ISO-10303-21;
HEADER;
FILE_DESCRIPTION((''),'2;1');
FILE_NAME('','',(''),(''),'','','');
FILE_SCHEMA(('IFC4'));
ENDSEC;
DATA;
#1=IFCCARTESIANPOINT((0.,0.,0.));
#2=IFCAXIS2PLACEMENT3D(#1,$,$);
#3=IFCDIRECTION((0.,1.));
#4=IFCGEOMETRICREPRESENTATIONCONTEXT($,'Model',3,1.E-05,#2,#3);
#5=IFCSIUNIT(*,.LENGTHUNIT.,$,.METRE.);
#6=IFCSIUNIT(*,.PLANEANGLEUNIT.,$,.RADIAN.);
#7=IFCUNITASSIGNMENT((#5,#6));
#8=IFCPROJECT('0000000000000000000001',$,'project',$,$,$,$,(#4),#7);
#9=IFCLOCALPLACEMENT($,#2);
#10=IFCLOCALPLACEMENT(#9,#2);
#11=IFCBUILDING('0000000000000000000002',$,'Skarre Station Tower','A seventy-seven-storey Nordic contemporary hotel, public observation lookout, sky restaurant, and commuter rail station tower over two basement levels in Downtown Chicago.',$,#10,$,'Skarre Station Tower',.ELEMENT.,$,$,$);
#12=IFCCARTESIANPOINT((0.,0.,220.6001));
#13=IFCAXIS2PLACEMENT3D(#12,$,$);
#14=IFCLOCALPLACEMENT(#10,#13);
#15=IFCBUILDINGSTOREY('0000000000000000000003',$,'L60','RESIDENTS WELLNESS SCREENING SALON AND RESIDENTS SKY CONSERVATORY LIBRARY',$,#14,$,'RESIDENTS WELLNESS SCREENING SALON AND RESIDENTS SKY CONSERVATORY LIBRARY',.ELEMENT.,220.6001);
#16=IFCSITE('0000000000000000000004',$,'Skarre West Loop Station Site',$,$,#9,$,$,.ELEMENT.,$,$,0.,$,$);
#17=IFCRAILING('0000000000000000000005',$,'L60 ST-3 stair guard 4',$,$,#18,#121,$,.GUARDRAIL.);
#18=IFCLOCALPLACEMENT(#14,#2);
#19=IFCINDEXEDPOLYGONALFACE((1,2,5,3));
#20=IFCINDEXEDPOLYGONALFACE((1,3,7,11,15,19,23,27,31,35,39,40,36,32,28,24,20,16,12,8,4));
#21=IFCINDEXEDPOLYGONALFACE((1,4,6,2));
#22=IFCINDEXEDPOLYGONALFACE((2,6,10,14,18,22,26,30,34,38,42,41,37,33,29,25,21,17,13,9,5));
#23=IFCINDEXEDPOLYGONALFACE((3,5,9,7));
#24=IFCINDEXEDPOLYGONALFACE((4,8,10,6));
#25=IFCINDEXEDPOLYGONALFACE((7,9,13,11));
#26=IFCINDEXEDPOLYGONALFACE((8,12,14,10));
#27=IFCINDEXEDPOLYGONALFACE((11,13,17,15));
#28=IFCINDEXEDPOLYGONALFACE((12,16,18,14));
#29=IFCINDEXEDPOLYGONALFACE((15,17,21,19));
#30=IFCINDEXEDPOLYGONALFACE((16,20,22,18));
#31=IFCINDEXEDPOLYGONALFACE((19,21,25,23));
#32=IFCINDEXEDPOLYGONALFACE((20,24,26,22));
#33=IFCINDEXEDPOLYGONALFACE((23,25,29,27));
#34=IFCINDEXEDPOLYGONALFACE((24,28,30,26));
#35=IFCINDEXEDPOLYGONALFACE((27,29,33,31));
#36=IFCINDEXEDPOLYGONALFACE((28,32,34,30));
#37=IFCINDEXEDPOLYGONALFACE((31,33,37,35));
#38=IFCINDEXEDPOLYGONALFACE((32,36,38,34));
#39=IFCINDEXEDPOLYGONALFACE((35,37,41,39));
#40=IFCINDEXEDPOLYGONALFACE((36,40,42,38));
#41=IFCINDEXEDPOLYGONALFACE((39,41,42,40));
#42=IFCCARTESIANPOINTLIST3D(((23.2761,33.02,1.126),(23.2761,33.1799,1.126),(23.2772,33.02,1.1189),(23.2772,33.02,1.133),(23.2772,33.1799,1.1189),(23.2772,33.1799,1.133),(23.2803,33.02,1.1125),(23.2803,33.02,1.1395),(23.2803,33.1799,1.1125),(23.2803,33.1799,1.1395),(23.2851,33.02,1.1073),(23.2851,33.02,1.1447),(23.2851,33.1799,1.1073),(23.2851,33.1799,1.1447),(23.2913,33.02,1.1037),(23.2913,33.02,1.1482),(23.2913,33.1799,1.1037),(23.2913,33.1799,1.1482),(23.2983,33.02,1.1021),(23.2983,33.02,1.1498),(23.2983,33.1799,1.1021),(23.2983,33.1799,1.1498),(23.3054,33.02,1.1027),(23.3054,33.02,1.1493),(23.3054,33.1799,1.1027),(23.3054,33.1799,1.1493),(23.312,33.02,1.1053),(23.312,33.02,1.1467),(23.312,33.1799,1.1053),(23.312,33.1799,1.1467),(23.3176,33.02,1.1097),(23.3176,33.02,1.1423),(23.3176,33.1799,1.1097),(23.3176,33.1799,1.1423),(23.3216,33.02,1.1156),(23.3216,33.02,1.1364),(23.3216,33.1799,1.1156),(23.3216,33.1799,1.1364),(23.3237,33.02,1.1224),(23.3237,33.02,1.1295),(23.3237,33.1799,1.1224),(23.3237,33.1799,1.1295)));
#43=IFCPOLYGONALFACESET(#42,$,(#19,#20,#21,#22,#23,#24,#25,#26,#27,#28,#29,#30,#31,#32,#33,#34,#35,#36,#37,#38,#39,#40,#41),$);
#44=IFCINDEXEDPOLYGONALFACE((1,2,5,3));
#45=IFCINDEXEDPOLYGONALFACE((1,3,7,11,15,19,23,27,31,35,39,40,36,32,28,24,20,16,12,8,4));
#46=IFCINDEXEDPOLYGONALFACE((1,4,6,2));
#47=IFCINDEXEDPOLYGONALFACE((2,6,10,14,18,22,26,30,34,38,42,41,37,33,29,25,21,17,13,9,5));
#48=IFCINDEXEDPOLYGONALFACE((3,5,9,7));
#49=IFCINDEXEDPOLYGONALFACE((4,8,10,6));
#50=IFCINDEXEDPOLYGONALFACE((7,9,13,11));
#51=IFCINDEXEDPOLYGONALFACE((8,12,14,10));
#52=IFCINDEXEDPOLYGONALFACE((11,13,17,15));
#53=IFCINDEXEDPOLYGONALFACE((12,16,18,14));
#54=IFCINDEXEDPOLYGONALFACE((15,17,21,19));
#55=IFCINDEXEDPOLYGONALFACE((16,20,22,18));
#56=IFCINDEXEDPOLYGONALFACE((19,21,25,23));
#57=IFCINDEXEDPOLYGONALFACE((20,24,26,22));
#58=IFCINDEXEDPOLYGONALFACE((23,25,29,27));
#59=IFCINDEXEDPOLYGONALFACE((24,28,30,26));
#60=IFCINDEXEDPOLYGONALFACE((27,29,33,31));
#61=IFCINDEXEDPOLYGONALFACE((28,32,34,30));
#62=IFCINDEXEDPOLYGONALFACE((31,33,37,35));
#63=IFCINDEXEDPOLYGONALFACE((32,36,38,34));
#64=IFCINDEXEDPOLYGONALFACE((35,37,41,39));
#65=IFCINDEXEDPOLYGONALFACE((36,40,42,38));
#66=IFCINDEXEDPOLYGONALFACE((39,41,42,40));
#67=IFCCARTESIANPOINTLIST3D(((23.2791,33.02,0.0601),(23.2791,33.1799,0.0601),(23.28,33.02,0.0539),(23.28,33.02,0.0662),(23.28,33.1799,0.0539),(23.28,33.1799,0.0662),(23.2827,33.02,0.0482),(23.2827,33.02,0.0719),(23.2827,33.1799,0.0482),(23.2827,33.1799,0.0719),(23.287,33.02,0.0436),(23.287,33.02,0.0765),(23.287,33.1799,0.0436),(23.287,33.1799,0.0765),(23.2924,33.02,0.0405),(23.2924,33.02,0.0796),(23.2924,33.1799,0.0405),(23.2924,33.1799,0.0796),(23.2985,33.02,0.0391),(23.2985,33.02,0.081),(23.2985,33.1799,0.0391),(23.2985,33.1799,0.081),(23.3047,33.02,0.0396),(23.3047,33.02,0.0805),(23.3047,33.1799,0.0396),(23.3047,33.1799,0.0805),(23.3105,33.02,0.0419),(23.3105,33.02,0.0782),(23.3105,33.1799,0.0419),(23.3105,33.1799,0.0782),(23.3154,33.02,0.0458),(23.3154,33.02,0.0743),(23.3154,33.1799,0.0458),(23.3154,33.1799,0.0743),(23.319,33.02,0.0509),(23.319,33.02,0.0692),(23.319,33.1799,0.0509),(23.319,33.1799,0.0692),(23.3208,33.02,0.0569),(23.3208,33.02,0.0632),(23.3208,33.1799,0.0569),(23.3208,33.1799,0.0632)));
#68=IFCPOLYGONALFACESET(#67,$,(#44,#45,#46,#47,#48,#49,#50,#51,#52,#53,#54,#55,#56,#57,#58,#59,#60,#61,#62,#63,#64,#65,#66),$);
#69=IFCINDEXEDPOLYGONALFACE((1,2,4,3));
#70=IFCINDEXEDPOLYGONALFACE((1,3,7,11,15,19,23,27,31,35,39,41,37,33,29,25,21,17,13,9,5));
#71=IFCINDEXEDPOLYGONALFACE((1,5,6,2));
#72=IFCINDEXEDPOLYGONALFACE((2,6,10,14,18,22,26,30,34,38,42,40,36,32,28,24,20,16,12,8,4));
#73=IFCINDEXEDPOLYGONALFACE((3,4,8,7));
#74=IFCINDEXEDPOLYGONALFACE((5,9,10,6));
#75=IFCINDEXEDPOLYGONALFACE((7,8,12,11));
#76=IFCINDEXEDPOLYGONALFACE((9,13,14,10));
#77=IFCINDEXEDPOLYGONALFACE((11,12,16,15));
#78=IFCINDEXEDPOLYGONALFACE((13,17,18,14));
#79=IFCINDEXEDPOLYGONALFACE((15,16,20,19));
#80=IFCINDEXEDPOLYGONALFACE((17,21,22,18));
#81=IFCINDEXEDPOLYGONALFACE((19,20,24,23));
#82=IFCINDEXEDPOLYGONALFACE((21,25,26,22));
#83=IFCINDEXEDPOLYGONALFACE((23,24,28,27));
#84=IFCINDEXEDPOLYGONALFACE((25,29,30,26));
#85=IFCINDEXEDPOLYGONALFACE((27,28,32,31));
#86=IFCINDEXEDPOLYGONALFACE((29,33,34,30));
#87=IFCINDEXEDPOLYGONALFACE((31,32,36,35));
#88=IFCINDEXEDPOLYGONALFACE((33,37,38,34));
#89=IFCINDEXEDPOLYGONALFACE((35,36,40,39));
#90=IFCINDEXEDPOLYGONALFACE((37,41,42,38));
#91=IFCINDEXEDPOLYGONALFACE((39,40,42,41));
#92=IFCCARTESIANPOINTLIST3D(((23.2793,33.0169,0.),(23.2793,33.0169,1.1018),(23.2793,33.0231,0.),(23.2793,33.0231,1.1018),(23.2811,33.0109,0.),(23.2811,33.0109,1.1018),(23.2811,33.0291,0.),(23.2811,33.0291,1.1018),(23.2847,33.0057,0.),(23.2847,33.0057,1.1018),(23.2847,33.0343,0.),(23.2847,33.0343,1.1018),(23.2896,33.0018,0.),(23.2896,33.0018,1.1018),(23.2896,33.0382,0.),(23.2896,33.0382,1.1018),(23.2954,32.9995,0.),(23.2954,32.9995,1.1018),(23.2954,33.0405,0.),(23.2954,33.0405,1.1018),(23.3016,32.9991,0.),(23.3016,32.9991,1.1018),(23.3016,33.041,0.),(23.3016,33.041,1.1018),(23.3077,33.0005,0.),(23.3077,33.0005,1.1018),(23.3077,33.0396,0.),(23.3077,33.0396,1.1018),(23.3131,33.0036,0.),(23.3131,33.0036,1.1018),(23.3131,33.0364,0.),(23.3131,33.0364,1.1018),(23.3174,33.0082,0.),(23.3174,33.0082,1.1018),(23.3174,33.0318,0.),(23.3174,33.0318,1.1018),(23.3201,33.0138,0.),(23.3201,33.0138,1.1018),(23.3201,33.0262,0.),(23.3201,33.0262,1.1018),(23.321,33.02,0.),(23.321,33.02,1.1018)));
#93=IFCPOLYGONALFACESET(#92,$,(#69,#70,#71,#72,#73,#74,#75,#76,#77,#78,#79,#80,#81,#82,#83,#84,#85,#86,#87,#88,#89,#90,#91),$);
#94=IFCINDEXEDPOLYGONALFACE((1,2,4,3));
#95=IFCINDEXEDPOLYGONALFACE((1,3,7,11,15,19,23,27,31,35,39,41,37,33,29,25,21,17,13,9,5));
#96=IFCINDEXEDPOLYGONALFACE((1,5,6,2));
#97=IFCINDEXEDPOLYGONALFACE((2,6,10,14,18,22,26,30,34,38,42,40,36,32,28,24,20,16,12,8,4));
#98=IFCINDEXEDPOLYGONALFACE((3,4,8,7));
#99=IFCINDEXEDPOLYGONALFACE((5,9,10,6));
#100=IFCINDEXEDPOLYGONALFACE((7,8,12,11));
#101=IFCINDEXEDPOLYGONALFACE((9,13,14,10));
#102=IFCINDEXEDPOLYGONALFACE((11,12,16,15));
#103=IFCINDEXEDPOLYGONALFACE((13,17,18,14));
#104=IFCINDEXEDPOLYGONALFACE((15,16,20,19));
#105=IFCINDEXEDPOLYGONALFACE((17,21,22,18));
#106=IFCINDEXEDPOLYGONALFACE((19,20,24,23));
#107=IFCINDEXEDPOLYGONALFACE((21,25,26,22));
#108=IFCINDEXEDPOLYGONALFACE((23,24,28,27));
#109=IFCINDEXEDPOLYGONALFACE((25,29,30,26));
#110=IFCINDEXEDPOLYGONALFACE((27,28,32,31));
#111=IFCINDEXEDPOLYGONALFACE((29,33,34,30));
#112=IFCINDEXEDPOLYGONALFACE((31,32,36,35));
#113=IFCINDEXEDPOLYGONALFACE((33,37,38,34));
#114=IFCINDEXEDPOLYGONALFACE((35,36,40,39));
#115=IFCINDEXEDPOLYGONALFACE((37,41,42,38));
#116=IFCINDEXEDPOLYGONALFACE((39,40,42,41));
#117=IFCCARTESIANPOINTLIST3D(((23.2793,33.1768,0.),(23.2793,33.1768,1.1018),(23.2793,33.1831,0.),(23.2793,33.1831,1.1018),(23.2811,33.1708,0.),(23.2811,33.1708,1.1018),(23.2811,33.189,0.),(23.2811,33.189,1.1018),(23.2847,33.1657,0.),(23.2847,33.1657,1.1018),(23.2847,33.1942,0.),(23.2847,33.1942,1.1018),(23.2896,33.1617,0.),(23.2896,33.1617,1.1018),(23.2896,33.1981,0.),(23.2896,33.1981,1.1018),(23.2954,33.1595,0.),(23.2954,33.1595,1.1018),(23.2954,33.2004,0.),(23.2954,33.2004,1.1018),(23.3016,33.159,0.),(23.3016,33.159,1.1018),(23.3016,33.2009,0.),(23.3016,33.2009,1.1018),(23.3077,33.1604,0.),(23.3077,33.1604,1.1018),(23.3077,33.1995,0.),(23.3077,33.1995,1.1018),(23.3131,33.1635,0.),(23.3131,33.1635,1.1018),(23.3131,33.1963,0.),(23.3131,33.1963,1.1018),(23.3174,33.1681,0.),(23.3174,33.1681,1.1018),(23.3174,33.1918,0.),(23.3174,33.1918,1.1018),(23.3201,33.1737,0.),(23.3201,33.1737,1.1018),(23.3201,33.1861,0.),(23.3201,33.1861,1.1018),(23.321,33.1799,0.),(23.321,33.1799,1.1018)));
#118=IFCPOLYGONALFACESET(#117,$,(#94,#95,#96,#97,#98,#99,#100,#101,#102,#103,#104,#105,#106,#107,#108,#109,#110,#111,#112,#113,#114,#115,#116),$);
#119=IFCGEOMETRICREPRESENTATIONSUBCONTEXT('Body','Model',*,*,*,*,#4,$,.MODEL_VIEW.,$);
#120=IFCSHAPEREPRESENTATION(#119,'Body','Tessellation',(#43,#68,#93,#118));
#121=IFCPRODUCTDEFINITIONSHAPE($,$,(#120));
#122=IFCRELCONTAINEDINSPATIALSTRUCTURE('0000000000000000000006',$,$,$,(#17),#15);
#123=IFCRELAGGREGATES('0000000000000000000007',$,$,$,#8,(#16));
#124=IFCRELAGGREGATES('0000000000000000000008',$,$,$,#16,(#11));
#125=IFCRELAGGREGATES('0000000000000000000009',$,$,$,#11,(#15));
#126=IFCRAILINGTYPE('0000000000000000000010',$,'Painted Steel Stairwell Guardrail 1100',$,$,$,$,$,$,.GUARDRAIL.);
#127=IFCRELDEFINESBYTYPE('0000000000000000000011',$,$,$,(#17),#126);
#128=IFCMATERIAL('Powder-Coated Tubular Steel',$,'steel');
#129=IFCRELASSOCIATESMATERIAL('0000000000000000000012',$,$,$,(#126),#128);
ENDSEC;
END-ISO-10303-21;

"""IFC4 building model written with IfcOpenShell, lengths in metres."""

from ifc_helpers import new_model, si_unit, direction, frame, origin, origin_2d, place, context, subcontext, project, spatial, circle, extrude, material, type_object, element, save


model = new_model("IFC4")

# Units and contexts
model_context = context("Model", 3, precision=1e-05, world=origin(), true_north=direction((0.0, 1.0)))
body_context = subcontext(model_context, "Body", "Model", "MODEL_VIEW")
ifc_project = project(units=[si_unit("LENGTHUNIT", "METRE"), si_unit("PLANEANGLEUNIT", "RADIAN")], contexts=[model_context])

# Site, building, storey
site_placement = place(None, origin())
site = spatial("IfcSite", under=ifc_project, at=site_placement, Name="Skarre West Loop Station Site", CompositionType="ELEMENT", RefElevation=0.0)
building_placement = place(site_placement, origin())
building = spatial("IfcBuilding", under=site, at=building_placement, Name="Skarre Station Tower", Description="A seventy-seven-storey Nordic contemporary hotel, public observation lookout, sky restaurant, and commuter rail station tower over two basement levels in Downtown Chicago.", LongName="Skarre Station Tower", CompositionType="ELEMENT")
storey_placement = place(building_placement, frame((0.0, 0.0, 220.6001)))
storey = spatial("IfcBuildingStorey", under=building, at=storey_placement, Name="L60", Description="RESIDENTS WELLNESS SCREENING SALON AND RESIDENTS SKY CONSERVATORY LIBRARY", LongName="RESIDENTS WELLNESS SCREENING SALON AND RESIDENTS SKY CONSERVATORY LIBRARY", CompositionType="ELEMENT", Elevation=220.6001)

# Railing
ifc_material_1 = material(Name="Powder-Coated Tubular Steel", Category="steel")
railing_type_1 = type_object("IfcRailingType", Name="Painted Steel Stairwell Guardrail 1100", PredefinedType="GUARDRAIL", material=ifc_material_1)
railing_1_placement = place(storey_placement, frame((23.3, 33.02, 0.0)))
element("IfcRailing", 1, at=railing_1_placement, inside=storey, type_object=railing_type_1, Name="L60 ST-3 stair guard 4", PredefinedType="GUARDRAIL", context=body_context, shape_type="SweptSolid", body=[
    extrude(circle(Radius=0.0239, at=origin_2d()), frame((0.0, 0.0, 1.126), z_axis=(0.0, 1.0, 0.0), x_axis=(-1.0, 0.0, 0.0)), (0.0, 0.0, 1.0), 0.1599),
    extrude(circle(Radius=0.021, at=origin_2d()), frame((0.0, 0.0, 0.0601), z_axis=(0.0, 1.0, 0.0), x_axis=(-1.0, 0.0, 0.0)), (0.0, 0.0, 1.0), 0.1599),
    extrude(circle(Radius=0.021, at=origin_2d()), origin(), (0.0, 0.0, 1.0), 1.1018),
    extrude(circle(Radius=0.021, at=origin_2d()), frame((0.0, 0.1599, 0.0)), (0.0, 0.0, 1.0), 1.1018),
])

save(model, "model.ifc")
